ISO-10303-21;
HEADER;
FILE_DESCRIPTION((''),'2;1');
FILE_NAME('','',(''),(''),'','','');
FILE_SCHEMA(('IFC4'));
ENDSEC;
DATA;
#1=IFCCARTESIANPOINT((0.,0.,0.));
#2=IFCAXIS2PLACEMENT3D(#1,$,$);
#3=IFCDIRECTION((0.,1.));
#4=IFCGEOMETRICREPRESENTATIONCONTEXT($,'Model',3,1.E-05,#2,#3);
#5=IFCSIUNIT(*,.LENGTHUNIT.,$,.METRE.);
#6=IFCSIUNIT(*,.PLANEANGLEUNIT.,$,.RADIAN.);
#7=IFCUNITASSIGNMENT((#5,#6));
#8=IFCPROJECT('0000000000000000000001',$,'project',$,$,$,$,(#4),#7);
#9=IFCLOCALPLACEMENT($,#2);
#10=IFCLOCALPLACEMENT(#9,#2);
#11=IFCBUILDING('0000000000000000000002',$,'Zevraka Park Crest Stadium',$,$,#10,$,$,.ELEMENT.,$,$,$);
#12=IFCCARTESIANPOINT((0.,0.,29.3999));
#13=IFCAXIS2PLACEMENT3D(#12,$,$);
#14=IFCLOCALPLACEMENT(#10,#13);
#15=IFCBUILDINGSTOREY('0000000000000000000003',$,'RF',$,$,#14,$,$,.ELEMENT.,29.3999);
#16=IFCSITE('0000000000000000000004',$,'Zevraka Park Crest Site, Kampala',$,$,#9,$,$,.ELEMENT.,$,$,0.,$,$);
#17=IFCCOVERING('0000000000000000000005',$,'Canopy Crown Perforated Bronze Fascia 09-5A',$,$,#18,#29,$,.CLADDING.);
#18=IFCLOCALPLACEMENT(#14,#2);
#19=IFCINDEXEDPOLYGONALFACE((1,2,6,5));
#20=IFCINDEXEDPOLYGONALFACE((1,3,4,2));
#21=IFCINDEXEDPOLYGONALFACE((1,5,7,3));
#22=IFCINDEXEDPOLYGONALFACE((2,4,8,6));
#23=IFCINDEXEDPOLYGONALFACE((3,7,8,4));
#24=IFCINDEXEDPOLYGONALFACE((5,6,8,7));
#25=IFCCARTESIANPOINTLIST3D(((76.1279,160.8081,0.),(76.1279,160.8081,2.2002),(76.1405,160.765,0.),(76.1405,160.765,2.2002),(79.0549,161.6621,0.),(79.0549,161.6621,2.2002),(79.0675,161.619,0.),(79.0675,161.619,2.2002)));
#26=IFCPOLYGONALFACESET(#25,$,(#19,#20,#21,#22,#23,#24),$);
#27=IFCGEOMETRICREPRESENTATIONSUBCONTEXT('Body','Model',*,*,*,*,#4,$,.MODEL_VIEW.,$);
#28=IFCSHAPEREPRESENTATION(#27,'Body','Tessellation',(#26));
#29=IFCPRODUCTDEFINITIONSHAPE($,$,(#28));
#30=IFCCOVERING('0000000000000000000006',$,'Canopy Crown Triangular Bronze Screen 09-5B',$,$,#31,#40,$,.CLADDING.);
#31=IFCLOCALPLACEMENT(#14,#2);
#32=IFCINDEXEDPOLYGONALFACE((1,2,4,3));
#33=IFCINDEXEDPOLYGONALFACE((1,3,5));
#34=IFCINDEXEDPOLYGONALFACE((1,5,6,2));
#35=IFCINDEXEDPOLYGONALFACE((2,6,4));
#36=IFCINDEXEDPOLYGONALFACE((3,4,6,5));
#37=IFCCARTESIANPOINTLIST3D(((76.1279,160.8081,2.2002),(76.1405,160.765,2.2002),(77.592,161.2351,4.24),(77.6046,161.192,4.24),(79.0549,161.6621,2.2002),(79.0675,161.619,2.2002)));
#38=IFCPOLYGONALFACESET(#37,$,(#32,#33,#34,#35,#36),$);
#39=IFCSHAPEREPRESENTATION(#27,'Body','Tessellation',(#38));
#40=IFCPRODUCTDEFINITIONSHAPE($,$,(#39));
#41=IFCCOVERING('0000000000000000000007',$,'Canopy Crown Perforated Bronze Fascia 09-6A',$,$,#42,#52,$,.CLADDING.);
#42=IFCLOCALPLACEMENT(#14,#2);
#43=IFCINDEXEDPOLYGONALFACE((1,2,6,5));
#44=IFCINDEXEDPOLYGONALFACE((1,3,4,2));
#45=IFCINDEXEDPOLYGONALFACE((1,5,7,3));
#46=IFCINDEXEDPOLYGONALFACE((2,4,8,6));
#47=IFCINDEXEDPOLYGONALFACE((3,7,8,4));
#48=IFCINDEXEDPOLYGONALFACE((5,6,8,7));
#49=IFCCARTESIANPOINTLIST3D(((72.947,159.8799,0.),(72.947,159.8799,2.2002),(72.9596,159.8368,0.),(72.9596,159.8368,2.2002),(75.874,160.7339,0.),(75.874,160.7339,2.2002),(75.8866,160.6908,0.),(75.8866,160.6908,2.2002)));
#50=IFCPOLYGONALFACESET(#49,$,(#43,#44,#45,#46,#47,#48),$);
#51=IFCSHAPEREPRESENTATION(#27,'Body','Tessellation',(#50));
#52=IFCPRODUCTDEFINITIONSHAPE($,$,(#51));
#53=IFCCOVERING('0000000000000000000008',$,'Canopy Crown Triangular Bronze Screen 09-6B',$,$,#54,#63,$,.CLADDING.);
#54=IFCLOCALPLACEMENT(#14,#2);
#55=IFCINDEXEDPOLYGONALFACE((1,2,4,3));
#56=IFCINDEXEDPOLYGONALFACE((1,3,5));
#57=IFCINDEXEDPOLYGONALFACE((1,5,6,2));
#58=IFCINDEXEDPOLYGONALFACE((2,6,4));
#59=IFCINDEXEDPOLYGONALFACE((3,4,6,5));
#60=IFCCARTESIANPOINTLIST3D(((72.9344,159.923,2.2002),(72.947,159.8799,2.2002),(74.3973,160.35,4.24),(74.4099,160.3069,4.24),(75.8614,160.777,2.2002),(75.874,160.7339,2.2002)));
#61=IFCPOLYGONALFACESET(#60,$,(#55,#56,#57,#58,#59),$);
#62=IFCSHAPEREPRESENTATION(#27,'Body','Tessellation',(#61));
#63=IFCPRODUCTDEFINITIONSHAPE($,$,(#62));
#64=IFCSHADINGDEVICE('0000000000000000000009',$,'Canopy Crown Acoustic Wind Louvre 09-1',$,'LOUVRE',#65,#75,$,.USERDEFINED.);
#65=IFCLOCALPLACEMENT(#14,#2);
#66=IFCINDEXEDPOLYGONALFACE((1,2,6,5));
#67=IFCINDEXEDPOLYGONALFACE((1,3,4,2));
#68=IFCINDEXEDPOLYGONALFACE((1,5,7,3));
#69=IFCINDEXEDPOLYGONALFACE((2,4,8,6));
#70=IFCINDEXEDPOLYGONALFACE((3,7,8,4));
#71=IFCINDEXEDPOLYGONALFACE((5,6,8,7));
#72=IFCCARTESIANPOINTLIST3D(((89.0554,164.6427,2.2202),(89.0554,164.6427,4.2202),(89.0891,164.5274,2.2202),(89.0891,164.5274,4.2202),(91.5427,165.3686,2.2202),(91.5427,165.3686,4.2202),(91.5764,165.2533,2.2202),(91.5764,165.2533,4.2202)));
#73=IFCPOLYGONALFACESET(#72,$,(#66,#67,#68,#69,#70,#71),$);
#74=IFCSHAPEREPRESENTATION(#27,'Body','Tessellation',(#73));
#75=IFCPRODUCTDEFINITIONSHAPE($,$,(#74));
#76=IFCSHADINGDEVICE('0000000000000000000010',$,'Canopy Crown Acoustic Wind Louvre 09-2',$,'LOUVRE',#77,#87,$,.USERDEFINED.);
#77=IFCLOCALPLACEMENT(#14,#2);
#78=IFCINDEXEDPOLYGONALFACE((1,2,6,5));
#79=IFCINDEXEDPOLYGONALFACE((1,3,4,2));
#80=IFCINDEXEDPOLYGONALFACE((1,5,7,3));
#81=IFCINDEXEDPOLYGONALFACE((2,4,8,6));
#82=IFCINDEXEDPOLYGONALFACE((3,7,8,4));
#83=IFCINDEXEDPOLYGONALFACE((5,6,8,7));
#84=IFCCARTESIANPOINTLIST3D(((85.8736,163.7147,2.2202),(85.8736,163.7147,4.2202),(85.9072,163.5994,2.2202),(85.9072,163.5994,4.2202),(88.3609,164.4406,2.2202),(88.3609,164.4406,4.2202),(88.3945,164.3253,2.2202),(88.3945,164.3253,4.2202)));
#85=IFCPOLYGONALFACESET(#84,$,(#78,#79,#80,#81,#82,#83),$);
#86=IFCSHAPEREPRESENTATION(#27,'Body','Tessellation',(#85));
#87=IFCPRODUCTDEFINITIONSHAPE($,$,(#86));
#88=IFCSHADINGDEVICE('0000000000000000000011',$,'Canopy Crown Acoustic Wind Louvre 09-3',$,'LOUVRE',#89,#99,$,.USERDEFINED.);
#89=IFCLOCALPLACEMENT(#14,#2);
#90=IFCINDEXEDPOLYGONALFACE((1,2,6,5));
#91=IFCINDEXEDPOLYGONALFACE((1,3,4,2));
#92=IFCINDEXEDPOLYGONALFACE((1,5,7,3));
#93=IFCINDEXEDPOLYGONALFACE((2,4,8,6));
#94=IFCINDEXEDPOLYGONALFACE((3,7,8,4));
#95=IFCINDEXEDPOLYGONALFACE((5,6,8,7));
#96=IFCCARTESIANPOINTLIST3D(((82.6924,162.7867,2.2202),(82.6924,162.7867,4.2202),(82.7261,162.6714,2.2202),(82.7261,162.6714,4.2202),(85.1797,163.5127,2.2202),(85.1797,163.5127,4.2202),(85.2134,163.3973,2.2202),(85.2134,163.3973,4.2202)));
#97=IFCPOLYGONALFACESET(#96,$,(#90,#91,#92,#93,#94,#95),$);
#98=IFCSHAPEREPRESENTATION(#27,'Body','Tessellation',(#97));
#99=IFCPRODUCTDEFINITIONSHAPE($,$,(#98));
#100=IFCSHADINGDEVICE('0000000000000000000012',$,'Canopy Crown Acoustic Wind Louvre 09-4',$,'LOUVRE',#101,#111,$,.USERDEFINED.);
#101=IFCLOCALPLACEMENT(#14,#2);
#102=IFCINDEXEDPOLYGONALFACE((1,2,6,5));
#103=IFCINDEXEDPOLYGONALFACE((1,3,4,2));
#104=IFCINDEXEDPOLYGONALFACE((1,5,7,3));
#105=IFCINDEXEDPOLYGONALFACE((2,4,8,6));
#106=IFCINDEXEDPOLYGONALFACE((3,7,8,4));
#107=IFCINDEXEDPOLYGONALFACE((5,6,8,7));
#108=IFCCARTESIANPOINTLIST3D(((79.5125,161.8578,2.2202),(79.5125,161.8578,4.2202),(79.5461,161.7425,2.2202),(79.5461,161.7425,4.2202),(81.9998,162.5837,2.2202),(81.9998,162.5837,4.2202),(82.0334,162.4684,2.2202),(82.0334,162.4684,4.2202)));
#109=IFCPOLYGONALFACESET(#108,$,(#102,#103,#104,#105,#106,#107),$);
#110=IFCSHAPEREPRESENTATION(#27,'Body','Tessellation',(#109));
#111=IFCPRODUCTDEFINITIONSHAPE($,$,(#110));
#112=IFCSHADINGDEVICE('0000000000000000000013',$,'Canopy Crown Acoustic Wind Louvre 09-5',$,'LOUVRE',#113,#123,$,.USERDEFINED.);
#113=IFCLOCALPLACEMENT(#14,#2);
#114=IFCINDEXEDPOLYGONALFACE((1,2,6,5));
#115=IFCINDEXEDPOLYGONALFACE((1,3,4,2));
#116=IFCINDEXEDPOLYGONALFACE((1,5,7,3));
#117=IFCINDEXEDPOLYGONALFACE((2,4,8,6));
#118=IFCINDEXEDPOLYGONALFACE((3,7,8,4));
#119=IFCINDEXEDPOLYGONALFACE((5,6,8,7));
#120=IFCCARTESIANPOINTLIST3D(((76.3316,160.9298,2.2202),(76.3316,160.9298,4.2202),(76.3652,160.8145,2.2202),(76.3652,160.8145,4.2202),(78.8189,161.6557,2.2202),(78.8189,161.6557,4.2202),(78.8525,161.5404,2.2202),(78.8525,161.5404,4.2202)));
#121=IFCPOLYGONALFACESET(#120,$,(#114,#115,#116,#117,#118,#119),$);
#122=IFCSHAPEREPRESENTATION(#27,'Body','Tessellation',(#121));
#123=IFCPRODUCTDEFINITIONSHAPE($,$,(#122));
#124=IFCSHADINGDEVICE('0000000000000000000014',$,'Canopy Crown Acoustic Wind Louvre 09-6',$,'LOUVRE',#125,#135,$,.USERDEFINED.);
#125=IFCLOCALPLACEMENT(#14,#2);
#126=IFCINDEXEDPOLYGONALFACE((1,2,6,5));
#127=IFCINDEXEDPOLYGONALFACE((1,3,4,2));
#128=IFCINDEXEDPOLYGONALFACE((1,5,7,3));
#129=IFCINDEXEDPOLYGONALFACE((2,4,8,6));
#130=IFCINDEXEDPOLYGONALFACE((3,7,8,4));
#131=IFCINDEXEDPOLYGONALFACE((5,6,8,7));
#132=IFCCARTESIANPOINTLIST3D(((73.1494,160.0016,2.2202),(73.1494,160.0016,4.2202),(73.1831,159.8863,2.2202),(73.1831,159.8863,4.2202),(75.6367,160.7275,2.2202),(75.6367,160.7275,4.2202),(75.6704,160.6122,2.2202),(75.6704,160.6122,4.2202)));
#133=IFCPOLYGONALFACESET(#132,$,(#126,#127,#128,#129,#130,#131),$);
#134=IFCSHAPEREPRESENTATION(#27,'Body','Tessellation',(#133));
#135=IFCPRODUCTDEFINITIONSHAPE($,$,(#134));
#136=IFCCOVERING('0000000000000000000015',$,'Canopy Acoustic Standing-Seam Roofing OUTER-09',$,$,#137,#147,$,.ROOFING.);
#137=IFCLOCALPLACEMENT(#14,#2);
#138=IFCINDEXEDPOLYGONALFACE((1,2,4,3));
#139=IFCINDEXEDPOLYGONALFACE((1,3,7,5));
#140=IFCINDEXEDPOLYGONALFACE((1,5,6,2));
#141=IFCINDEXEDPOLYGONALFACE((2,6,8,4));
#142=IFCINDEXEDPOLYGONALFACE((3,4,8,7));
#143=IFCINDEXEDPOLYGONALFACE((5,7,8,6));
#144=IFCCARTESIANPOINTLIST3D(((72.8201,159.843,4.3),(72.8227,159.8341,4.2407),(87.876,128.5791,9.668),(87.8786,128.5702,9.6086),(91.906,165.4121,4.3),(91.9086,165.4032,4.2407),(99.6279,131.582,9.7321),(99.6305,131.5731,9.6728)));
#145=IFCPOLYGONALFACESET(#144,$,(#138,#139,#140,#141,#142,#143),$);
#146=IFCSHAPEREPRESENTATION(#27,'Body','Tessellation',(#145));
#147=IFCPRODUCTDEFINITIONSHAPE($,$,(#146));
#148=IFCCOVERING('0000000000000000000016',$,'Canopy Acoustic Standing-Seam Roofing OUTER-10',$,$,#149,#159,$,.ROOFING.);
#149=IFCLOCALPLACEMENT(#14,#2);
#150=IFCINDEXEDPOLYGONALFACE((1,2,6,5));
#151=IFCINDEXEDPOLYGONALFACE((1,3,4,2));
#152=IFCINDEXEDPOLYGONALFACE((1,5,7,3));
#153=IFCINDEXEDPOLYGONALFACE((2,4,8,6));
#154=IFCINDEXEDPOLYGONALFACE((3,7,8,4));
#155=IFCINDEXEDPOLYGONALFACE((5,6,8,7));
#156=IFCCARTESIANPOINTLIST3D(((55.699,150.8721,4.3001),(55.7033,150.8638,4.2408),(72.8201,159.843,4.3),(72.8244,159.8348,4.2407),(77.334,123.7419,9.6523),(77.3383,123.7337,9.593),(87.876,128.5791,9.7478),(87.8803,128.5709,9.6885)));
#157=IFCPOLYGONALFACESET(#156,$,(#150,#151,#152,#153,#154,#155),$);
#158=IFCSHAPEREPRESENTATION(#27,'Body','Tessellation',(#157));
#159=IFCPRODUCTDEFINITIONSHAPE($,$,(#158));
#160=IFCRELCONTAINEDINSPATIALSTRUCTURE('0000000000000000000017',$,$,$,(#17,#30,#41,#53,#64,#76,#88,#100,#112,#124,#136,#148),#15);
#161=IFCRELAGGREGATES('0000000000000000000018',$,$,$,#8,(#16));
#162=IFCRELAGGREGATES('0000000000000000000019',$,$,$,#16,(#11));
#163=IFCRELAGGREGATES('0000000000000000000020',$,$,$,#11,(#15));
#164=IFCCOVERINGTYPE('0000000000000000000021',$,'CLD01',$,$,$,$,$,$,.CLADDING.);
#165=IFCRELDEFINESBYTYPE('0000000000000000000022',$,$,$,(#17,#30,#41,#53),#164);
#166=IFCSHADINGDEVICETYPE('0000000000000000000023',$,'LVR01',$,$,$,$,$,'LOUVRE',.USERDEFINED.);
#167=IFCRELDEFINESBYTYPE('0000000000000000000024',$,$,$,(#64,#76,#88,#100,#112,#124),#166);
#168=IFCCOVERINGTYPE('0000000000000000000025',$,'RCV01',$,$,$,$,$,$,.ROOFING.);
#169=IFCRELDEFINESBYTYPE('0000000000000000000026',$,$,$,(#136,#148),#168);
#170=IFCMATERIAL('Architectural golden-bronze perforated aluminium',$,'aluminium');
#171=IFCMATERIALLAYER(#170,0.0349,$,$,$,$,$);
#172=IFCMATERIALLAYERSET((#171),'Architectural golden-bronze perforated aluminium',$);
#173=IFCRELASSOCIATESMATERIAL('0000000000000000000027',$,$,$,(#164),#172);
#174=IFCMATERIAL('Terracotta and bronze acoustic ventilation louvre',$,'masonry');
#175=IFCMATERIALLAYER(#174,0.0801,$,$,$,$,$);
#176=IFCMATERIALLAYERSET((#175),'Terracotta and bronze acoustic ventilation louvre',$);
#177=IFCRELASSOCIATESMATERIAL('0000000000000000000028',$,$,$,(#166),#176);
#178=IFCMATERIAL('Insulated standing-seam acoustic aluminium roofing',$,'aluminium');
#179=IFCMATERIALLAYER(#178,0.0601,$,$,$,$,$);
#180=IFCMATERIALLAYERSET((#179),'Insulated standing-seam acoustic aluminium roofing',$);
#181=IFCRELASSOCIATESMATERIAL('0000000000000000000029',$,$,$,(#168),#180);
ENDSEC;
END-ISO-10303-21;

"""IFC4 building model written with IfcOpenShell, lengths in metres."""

from ifc_helpers import new_model, si_unit, direction, frame, origin, origin_2d, place, context, subcontext, project, spatial, polyline, rectangle, outline, extrude, material, layer, layer_set, type_object, element, save


model = new_model("IFC4")

# Units and contexts
model_context = context("Model", 3, precision=1e-05, world=origin(), true_north=direction((0.0, 1.0)))
body_context = subcontext(model_context, "Body", "Model", "MODEL_VIEW")
ifc_project = project(units=[si_unit("LENGTHUNIT", "METRE"), si_unit("PLANEANGLEUNIT", "RADIAN")], contexts=[model_context])

# Site, building, storey
site_placement = place(None, origin())
site = spatial("IfcSite", under=ifc_project, at=site_placement, Name="Zevraka Park Crest Site, Kampala", CompositionType="ELEMENT", RefElevation=0.0)
building_placement = place(site_placement, origin())
building = spatial("IfcBuilding", under=site, at=building_placement, Name="Zevraka Park Crest Stadium", CompositionType="ELEMENT")
storey_placement = place(building_placement, frame((0.0, 0.0, 29.3999)))
storey = spatial("IfcBuildingStorey", under=building, at=storey_placement, Name="RF", CompositionType="ELEMENT", Elevation=29.3999)

# Coverings
ifc_material_1 = material(Name="Architectural golden-bronze perforated aluminium", Category="aluminium")
ifc_layer_1 = layer(ifc_material_1, 0.0349)
ifc_layer_set_1 = layer_set([ifc_layer_1], Name="Architectural golden-bronze perforated aluminium")
covering_type_1 = type_object("IfcCoveringType", Name="CLD01", PredefinedType="CLADDING", material=ifc_layer_set_1)
covering_1_placement = place(storey_placement, frame((79.0549, 161.6621, 0.0), z_axis=(-0.280089, 0.959974, 0.0), x_axis=(-0.959974, -0.280089, 0.0)))
element("IfcCovering", 1, at=covering_1_placement, inside=storey, type_object=covering_type_1, Name="Canopy Crown Perforated Bronze Fascia 09-5A", PredefinedType="CLADDING", context=body_context, shape_type="SweptSolid", body=[
    extrude(outline(polyline([(0.0, 0.0), (3.049, 0.0), (3.049, 2.2002), (0.0, 2.2002), (0.0, 0.0)])), origin(), (0.0, 0.0, -1.0), 0.0449),
])
covering_2_placement = place(storey_placement, frame((79.0549, 161.6621, 2.2002), z_axis=(-0.280089, 0.959974, 0.000084), x_axis=(-0.959974, -0.280089, 0.0)))
element("IfcCovering", 2, at=covering_2_placement, inside=storey, type_object=covering_type_1, Name="Canopy Crown Triangular Bronze Screen 09-5B", PredefinedType="CLADDING", context=body_context, shape_type="SweptSolid", body=[
    extrude(outline(polyline([(0.0, 0.0), (3.049, 0.0), (1.5239, 2.0398), (0.0, 0.0)])), origin(), (0.0, 0.0, -1.0), 0.0449),
])
covering_3_placement = place(storey_placement, frame((75.874, 160.7339, 0.0), z_axis=(-0.280089, 0.959974, 0.0), x_axis=(-0.959974, -0.280089, 0.0)))
element("IfcCovering", 3, at=covering_3_placement, inside=storey, type_object=covering_type_1, Name="Canopy Crown Perforated Bronze Fascia 09-6A", PredefinedType="CLADDING", context=body_context, shape_type="SweptSolid", body=[
    extrude(outline(polyline([(0.0, 0.0), (3.049, 0.0), (3.049, 2.2002), (0.0, 2.2002), (0.0, 0.0)])), origin(), (0.0, 0.0, -1.0), 0.0449),
])
covering_4_placement = place(storey_placement, frame((75.874, 160.7339, 2.2002), z_axis=(0.280089, -0.959974, 0.000084), x_axis=(-0.959974, -0.280089, 0.0)))
element("IfcCovering", 4, at=covering_4_placement, inside=storey, type_object=covering_type_1, Name="Canopy Crown Triangular Bronze Screen 09-6B", PredefinedType="CLADDING", context=body_context, shape_type="SweptSolid", body=[
    extrude(outline(polyline([(0.0, 0.0), (3.049, 0.0), (1.5251, -2.0398), (0.0, 0.0)])), origin(), (0.0, 0.0, -1.0), 0.0449),
])

# Shading devices
ifc_material_2 = material(Name="Terracotta and bronze acoustic ventilation louvre", Category="masonry")
ifc_layer_2 = layer(ifc_material_2, 0.0801)
ifc_layer_set_2 = layer_set([ifc_layer_2], Name="Terracotta and bronze acoustic ventilation louvre")
shading_device_type = type_object("IfcShadingDeviceType", Name="LVR01", ElementType="LOUVRE", PredefinedType="USERDEFINED", material=ifc_layer_set_2)
for number, where, z_axis, x_axis, name in (
    (5, (90.3159, 164.948, 2.2202), (0.0, 0.0, 1.0), (-0.959952, -0.280164, 0.0), "Canopy Crown Acoustic Wind Louvre 09-1"),
    (6, (87.134, 164.02, 2.2202), (0.0, 0.0, 1.0), (-0.959952, -0.280164, 0.0), "Canopy Crown Acoustic Wind Louvre 09-2"),
    (7, (83.9529, 163.092, 2.2202), (0.0, 0.0, 1.0), (-0.959952, -0.280164, 0.0), "Canopy Crown Acoustic Wind Louvre 09-3"),
    (8, (80.7729, 162.1631, 2.2202), (0.0, 0.0, 1.0), (-0.959952, -0.280164, 0.0), "Canopy Crown Acoustic Wind Louvre 09-4"),
    (9, (77.592, 161.2351, 2.2202), (0.0, 0.0, 1.0), (-0.959952, -0.280164, 0.0), "Canopy Crown Acoustic Wind Louvre 09-5"),
    (10, (74.4099, 160.3069, 2.2202), (0.0, 0.0, 1.0), (-0.959952, -0.280164, 0.0), "Canopy Crown Acoustic Wind Louvre 09-6"),
):
    element("IfcShadingDevice", number, at=place(storey_placement, frame(where, z_axis=z_axis, x_axis=x_axis)), inside=storey, type_object=shading_device_type, Name=name, ObjectType="LOUVRE", PredefinedType="USERDEFINED", context=body_context, shape_type="SweptSolid", body=[
        extrude(rectangle(XDim=2.5911, YDim=0.1201, at=origin_2d()), origin(), (0.0, 0.0, 1.0), 2.0),
    ])

# Coverings
ifc_material_3 = material(Name="Insulated standing-seam acoustic aluminium roofing", Category="aluminium")
ifc_layer_3 = layer(ifc_material_3, 0.0601)
ifc_layer_set_3 = layer_set([ifc_layer_3], Name="Insulated standing-seam acoustic aluminium roofing")
covering_type_2 = type_object("IfcCoveringType", Name="RCV01", PredefinedType="ROOFING", material=ifc_layer_set_3)
covering_5_placement = place(storey_placement, frame((91.906, 165.4121, 4.3), z_axis=(-0.043398, 0.148725, 0.987926), x_axis=(-0.959968, -0.28011, -0.000002)))
element("IfcCovering", 11, at=covering_5_placement, inside=storey, type_object=covering_type_2, Name="Canopy Acoustic Standing-Seam Roofing OUTER-09", PredefinedType="ROOFING", context=body_context, shape_type="SweptSolid", body=[
    extrude(outline(polyline([(0.0, 0.0), (19.8818, 0.0), (14.186, 34.648), (2.0633, 35.0621), (0.0, 0.0)])), origin(), (0.0, 0.0, -1.0), 0.0601),
])
covering_6_placement = place(storey_placement, frame((72.8201, 159.843, 4.3), z_axis=(-0.072021, 0.137457, 0.987886), x_axis=(-0.885773, -0.464119, 0.000002)))
element("IfcCovering", 12, at=covering_6_placement, inside=storey, type_object=covering_type_2, Name="Canopy Acoustic Standing-Seam Roofing OUTER-10", PredefinedType="ROOFING", context=body_context, shape_type="SweptSolid", body=[
    extrude(outline(polyline([(0.0, 0.0), (19.329, 0.0), (12.7569, 34.4902), (1.1741, 35.1057), (0.0, 0.0)])), origin(), (0.0, 0.0, -1.0), 0.0601),
])

save(model, "model.ifc")
